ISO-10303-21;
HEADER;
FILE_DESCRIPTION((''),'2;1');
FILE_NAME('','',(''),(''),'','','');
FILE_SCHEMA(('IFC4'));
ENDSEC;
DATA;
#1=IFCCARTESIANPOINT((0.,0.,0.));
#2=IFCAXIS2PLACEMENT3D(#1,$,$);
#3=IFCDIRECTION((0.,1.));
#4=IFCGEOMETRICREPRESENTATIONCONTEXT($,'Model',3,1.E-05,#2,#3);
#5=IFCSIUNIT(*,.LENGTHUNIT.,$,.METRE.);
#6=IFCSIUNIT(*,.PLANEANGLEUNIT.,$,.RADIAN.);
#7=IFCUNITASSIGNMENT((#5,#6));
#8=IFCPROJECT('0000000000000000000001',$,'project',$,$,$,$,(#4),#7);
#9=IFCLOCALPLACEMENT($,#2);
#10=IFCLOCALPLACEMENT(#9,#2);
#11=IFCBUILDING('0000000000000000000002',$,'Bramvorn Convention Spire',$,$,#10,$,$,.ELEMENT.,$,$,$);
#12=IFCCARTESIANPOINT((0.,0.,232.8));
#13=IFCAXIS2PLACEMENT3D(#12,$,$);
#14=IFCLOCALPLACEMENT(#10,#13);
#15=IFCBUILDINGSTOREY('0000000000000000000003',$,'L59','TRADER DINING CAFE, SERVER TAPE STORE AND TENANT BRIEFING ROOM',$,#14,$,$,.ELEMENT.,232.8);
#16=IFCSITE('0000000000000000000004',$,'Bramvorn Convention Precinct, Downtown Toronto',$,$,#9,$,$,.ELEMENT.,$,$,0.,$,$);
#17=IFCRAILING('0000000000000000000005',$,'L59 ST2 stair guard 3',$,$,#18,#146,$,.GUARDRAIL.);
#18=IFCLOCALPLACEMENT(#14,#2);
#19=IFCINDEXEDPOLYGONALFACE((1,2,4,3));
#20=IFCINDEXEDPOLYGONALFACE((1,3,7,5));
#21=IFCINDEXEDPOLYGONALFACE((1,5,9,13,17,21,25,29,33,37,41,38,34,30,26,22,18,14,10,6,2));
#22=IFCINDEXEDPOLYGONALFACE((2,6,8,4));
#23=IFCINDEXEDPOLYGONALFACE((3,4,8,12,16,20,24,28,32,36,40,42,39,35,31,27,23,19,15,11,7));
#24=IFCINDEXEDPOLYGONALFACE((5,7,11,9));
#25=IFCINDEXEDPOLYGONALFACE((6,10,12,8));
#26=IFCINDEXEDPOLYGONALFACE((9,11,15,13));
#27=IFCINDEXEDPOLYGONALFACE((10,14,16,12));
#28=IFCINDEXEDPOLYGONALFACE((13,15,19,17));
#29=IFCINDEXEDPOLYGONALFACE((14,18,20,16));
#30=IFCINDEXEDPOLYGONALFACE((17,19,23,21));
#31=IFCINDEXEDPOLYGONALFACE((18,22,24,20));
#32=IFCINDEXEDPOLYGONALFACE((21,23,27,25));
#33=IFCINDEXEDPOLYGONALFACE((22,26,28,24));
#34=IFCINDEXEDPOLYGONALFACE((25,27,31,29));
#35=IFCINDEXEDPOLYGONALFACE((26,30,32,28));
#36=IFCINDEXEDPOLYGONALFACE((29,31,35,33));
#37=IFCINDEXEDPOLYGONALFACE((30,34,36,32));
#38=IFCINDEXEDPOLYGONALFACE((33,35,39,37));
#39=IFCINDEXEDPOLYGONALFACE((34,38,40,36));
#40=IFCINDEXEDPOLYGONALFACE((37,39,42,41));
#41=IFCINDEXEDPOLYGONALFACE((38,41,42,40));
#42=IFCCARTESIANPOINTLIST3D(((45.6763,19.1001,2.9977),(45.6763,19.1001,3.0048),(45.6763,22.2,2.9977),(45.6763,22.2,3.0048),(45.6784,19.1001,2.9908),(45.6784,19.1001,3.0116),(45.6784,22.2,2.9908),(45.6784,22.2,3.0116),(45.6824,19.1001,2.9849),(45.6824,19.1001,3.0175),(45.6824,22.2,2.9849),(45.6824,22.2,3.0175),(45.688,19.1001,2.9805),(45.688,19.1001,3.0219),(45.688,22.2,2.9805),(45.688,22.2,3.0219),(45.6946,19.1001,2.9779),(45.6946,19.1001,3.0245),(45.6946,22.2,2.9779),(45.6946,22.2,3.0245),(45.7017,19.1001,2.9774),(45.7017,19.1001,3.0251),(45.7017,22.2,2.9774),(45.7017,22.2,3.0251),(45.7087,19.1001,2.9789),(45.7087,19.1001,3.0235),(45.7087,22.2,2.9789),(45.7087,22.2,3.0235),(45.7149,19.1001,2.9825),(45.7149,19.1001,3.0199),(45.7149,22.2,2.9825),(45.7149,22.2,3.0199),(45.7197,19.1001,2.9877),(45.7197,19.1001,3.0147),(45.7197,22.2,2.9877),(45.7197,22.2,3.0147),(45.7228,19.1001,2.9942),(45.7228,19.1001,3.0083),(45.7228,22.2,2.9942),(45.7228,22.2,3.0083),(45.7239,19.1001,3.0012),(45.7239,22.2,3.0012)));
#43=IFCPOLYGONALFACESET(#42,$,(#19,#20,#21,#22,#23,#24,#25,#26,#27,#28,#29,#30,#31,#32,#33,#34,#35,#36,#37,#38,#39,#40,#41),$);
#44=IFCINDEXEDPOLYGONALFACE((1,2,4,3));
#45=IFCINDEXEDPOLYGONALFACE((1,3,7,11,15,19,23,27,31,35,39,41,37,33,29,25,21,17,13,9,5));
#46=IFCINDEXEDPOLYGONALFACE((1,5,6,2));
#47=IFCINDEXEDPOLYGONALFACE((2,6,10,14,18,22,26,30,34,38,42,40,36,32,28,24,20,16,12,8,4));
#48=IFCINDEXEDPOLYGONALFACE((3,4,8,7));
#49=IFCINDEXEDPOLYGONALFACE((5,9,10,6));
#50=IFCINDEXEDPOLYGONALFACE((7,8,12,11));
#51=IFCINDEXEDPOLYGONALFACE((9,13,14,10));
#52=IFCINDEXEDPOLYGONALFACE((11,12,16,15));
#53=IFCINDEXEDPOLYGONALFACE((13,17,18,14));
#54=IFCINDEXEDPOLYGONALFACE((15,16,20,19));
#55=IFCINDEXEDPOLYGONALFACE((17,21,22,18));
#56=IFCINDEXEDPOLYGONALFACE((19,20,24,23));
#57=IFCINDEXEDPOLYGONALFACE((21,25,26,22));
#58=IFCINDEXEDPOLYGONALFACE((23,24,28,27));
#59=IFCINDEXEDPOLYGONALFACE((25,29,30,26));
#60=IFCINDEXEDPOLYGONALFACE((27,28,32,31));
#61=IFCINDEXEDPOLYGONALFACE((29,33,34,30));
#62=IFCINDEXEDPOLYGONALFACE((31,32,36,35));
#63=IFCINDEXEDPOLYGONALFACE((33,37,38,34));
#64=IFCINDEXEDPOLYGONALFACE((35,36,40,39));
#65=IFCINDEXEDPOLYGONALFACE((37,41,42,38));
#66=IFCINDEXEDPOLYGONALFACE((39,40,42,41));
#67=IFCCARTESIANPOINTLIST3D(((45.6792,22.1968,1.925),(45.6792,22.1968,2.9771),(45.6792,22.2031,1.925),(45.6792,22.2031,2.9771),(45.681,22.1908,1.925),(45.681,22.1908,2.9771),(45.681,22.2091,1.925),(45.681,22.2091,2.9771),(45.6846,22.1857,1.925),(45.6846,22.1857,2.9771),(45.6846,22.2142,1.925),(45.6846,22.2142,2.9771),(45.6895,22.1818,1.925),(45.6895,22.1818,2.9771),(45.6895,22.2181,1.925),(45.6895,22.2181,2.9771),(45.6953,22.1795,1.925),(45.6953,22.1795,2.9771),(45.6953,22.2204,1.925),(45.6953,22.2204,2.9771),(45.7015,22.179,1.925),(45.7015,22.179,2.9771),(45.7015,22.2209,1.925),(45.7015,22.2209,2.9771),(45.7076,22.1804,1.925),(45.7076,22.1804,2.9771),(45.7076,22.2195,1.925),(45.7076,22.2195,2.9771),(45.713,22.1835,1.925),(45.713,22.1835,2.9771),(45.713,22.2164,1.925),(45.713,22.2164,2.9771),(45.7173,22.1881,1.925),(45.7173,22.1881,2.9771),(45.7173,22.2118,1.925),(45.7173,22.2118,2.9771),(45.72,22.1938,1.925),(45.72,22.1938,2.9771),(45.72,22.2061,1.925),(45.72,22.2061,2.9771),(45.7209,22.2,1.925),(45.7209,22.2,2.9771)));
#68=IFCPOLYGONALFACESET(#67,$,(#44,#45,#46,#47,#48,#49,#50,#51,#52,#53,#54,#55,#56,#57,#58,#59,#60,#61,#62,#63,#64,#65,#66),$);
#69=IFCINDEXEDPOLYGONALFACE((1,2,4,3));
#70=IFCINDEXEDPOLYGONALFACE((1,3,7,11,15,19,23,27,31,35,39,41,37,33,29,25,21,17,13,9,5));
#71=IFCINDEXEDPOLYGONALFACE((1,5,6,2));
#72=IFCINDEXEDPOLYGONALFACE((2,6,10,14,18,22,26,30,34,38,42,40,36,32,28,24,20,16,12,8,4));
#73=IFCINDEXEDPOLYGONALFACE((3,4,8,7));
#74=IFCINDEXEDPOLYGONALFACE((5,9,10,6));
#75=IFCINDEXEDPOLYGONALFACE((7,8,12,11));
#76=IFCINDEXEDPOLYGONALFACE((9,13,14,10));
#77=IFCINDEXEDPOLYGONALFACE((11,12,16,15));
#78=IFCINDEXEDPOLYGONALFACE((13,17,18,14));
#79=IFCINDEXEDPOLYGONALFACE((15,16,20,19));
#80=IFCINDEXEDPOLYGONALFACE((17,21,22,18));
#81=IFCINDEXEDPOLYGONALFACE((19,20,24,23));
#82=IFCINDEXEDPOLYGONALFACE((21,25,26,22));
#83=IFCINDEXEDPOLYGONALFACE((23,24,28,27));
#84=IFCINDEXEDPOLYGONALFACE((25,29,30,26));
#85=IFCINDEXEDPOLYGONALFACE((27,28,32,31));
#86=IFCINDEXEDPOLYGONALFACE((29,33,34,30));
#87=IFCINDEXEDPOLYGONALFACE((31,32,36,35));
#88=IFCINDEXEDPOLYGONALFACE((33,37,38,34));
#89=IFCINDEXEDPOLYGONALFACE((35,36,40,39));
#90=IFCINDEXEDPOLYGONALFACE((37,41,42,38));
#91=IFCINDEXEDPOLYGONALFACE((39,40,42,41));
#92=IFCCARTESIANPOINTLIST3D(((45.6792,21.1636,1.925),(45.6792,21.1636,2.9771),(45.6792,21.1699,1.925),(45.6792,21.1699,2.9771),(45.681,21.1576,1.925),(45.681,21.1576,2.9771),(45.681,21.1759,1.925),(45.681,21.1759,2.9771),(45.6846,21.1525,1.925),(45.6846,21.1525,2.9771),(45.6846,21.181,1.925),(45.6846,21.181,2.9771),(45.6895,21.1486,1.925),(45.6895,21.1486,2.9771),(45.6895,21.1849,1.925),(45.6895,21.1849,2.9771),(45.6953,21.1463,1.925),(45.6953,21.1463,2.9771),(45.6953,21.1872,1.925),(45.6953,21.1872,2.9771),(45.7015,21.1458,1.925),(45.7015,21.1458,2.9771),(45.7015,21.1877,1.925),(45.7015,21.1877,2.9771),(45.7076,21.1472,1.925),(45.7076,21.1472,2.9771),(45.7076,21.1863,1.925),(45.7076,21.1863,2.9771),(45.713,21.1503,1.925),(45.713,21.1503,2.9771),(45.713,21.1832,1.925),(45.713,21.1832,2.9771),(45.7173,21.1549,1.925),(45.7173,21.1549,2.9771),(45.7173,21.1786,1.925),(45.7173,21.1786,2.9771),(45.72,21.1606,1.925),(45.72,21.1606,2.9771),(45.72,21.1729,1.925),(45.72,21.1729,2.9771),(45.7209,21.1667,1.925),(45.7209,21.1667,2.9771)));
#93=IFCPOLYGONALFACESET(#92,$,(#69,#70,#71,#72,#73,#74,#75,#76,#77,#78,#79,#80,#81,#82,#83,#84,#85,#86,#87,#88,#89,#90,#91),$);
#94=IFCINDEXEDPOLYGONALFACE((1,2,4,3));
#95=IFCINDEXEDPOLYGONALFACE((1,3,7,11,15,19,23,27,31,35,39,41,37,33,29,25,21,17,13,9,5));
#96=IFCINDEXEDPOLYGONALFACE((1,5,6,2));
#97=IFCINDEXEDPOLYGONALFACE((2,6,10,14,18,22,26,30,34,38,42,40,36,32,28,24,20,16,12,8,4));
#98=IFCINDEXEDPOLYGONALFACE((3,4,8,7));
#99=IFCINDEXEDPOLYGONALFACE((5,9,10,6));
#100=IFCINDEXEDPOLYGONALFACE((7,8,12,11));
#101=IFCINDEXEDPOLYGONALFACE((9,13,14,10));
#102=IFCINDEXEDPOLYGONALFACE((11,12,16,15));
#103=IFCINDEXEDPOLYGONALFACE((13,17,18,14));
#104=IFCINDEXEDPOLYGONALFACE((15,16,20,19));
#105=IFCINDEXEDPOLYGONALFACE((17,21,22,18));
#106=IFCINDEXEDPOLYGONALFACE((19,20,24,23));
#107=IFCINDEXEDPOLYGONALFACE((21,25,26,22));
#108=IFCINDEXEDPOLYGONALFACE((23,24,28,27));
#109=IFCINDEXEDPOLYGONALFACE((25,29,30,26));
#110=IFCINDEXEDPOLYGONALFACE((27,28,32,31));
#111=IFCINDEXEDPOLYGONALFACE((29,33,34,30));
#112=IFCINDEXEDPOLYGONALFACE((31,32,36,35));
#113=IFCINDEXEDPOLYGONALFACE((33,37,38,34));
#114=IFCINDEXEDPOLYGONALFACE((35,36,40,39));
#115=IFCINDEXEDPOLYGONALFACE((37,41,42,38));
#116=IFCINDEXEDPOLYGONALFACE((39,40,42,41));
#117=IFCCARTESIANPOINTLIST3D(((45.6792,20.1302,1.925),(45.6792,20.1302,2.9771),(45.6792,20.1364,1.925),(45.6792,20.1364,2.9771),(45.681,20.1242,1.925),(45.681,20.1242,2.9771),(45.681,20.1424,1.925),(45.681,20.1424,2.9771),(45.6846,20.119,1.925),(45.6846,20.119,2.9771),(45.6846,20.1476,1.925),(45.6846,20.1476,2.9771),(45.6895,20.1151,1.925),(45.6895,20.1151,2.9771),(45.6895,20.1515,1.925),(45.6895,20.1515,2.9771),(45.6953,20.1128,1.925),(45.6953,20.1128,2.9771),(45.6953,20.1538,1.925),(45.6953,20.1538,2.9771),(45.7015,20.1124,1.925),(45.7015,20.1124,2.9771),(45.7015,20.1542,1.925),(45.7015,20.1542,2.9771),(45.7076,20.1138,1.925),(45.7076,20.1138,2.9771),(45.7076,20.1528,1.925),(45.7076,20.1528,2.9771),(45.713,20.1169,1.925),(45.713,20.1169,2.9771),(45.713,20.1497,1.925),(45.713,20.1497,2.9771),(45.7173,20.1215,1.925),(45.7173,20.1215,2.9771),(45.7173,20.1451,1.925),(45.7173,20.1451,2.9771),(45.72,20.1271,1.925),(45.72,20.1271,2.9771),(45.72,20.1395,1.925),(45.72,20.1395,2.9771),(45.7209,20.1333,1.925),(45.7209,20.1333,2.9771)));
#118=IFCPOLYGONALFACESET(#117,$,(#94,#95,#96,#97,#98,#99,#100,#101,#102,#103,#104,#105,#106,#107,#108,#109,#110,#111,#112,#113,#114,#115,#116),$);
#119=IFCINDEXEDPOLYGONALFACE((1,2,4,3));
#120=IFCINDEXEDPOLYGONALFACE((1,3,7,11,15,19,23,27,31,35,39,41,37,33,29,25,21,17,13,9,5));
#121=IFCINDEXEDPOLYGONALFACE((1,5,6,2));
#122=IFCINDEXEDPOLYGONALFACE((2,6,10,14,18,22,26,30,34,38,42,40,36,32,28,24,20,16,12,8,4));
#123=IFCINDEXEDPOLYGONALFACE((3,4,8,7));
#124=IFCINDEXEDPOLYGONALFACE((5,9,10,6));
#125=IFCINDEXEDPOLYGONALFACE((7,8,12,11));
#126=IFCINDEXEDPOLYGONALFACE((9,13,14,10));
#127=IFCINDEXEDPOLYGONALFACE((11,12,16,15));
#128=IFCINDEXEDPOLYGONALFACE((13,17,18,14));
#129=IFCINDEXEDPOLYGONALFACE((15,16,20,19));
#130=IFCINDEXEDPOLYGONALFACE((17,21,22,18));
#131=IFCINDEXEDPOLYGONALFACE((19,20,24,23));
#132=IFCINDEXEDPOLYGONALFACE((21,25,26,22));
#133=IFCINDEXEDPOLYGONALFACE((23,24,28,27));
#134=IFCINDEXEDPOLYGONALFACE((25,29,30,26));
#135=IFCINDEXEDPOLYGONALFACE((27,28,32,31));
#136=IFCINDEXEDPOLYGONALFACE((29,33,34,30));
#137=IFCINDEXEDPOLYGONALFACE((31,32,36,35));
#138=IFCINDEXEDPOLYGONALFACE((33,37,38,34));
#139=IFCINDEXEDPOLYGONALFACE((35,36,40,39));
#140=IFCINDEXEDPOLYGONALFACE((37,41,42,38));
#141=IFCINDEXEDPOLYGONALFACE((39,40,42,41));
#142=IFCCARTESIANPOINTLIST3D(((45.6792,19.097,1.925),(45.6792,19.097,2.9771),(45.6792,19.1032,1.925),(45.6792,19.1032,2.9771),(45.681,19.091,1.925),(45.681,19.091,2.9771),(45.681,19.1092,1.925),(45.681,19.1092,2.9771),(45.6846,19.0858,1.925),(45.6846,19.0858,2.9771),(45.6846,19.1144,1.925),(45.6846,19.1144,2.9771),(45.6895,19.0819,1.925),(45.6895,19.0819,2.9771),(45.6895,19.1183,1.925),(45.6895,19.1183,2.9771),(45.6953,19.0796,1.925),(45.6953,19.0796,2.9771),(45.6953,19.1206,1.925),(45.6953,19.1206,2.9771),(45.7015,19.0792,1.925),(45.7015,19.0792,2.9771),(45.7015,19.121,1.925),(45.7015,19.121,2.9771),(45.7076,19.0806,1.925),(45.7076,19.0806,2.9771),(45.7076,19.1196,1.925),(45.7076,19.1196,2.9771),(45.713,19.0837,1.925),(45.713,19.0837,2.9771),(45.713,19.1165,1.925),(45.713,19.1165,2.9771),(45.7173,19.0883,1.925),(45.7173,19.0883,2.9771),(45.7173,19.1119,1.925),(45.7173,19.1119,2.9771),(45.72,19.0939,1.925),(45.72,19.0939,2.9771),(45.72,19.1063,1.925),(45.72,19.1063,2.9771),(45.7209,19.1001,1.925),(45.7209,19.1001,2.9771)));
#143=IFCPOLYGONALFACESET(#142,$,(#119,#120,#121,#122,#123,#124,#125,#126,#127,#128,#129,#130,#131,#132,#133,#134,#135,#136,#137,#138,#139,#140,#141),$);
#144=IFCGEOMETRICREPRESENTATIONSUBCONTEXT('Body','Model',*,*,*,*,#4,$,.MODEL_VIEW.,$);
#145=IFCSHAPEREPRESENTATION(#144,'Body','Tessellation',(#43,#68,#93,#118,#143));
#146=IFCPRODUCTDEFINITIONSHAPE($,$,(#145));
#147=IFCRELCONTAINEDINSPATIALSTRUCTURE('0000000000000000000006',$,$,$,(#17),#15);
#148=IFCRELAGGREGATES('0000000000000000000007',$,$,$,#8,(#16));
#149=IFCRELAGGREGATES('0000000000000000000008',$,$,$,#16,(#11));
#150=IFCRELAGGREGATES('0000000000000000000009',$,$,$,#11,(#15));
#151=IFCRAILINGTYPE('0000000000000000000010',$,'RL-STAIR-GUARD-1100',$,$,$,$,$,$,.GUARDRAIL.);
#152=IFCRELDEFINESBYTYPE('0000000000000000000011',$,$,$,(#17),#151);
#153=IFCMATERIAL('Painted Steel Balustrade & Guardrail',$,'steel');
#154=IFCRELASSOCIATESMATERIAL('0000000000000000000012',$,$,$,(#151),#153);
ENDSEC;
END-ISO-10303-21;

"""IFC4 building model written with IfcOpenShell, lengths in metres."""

from ifc_helpers import new_model, si_unit, direction, frame, origin, origin_2d, place, context, subcontext, project, spatial, circle, extrude, material, type_object, element, save


model = new_model("IFC4")

# Units and contexts
model_context = context("Model", 3, precision=1e-05, world=origin(), true_north=direction((0.0, 1.0)))
body_context = subcontext(model_context, "Body", "Model", "MODEL_VIEW")
ifc_project = project(units=[si_unit("LENGTHUNIT", "METRE"), si_unit("PLANEANGLEUNIT", "RADIAN")], contexts=[model_context])

# Site, building, storey
site_placement = place(None, origin())
site = spatial("IfcSite", under=ifc_project, at=site_placement, Name="Bramvorn Convention Precinct, Downtown Toronto", CompositionType="ELEMENT", RefElevation=0.0)
building_placement = place(site_placement, origin())
building = spatial("IfcBuilding", under=site, at=building_placement, Name="Bramvorn Convention Spire", CompositionType="ELEMENT")
storey_placement = place(building_placement, frame((0.0, 0.0, 232.8)))
storey = spatial("IfcBuildingStorey", under=building, at=storey_placement, Name="L59", Description="TRADER DINING CAFE, SERVER TAPE STORE AND TENANT BRIEFING ROOM", CompositionType="ELEMENT", Elevation=232.8)

# Railing
ifc_material_1 = material(Name="Painted Steel Balustrade & Guardrail", Category="steel")
railing_type = type_object("IfcRailingType", Name="RL-STAIR-GUARD-1100", PredefinedType="GUARDRAIL", material=ifc_material_1)
railing_1_placement = place(storey_placement, frame((45.7, 22.2, 1.925)))
element("IfcRailing", 1, at=railing_1_placement, inside=storey, type_object=railing_type, Name="L59 ST2 stair guard 3", PredefinedType="GUARDRAIL", context=body_context, shape_type="SweptSolid", body=[
    extrude(circle(Radius=0.0239, at=origin_2d()), frame((0.0, 0.0, 1.0762), z_axis=(0.0, -1.0, 0.0), x_axis=(1.0, 0.0, 0.0)), (0.0, 0.0, 1.0), 3.0999),
    extrude(circle(Radius=0.021, at=origin_2d()), origin(), (0.0, 0.0, 1.0), 1.052),
    extrude(circle(Radius=0.021, at=origin_2d()), frame((0.0, -1.0332, 0.0)), (0.0, 0.0, 1.0), 1.052),
    extrude(circle(Radius=0.021, at=origin_2d()), frame((0.0, -2.0667, 0.0)), (0.0, 0.0, 1.0), 1.052),
    extrude(circle(Radius=0.021, at=origin_2d()), frame((0.0, -3.0999, 0.0)), (0.0, 0.0, 1.0), 1.052),
])

save(model, "model.ifc")
